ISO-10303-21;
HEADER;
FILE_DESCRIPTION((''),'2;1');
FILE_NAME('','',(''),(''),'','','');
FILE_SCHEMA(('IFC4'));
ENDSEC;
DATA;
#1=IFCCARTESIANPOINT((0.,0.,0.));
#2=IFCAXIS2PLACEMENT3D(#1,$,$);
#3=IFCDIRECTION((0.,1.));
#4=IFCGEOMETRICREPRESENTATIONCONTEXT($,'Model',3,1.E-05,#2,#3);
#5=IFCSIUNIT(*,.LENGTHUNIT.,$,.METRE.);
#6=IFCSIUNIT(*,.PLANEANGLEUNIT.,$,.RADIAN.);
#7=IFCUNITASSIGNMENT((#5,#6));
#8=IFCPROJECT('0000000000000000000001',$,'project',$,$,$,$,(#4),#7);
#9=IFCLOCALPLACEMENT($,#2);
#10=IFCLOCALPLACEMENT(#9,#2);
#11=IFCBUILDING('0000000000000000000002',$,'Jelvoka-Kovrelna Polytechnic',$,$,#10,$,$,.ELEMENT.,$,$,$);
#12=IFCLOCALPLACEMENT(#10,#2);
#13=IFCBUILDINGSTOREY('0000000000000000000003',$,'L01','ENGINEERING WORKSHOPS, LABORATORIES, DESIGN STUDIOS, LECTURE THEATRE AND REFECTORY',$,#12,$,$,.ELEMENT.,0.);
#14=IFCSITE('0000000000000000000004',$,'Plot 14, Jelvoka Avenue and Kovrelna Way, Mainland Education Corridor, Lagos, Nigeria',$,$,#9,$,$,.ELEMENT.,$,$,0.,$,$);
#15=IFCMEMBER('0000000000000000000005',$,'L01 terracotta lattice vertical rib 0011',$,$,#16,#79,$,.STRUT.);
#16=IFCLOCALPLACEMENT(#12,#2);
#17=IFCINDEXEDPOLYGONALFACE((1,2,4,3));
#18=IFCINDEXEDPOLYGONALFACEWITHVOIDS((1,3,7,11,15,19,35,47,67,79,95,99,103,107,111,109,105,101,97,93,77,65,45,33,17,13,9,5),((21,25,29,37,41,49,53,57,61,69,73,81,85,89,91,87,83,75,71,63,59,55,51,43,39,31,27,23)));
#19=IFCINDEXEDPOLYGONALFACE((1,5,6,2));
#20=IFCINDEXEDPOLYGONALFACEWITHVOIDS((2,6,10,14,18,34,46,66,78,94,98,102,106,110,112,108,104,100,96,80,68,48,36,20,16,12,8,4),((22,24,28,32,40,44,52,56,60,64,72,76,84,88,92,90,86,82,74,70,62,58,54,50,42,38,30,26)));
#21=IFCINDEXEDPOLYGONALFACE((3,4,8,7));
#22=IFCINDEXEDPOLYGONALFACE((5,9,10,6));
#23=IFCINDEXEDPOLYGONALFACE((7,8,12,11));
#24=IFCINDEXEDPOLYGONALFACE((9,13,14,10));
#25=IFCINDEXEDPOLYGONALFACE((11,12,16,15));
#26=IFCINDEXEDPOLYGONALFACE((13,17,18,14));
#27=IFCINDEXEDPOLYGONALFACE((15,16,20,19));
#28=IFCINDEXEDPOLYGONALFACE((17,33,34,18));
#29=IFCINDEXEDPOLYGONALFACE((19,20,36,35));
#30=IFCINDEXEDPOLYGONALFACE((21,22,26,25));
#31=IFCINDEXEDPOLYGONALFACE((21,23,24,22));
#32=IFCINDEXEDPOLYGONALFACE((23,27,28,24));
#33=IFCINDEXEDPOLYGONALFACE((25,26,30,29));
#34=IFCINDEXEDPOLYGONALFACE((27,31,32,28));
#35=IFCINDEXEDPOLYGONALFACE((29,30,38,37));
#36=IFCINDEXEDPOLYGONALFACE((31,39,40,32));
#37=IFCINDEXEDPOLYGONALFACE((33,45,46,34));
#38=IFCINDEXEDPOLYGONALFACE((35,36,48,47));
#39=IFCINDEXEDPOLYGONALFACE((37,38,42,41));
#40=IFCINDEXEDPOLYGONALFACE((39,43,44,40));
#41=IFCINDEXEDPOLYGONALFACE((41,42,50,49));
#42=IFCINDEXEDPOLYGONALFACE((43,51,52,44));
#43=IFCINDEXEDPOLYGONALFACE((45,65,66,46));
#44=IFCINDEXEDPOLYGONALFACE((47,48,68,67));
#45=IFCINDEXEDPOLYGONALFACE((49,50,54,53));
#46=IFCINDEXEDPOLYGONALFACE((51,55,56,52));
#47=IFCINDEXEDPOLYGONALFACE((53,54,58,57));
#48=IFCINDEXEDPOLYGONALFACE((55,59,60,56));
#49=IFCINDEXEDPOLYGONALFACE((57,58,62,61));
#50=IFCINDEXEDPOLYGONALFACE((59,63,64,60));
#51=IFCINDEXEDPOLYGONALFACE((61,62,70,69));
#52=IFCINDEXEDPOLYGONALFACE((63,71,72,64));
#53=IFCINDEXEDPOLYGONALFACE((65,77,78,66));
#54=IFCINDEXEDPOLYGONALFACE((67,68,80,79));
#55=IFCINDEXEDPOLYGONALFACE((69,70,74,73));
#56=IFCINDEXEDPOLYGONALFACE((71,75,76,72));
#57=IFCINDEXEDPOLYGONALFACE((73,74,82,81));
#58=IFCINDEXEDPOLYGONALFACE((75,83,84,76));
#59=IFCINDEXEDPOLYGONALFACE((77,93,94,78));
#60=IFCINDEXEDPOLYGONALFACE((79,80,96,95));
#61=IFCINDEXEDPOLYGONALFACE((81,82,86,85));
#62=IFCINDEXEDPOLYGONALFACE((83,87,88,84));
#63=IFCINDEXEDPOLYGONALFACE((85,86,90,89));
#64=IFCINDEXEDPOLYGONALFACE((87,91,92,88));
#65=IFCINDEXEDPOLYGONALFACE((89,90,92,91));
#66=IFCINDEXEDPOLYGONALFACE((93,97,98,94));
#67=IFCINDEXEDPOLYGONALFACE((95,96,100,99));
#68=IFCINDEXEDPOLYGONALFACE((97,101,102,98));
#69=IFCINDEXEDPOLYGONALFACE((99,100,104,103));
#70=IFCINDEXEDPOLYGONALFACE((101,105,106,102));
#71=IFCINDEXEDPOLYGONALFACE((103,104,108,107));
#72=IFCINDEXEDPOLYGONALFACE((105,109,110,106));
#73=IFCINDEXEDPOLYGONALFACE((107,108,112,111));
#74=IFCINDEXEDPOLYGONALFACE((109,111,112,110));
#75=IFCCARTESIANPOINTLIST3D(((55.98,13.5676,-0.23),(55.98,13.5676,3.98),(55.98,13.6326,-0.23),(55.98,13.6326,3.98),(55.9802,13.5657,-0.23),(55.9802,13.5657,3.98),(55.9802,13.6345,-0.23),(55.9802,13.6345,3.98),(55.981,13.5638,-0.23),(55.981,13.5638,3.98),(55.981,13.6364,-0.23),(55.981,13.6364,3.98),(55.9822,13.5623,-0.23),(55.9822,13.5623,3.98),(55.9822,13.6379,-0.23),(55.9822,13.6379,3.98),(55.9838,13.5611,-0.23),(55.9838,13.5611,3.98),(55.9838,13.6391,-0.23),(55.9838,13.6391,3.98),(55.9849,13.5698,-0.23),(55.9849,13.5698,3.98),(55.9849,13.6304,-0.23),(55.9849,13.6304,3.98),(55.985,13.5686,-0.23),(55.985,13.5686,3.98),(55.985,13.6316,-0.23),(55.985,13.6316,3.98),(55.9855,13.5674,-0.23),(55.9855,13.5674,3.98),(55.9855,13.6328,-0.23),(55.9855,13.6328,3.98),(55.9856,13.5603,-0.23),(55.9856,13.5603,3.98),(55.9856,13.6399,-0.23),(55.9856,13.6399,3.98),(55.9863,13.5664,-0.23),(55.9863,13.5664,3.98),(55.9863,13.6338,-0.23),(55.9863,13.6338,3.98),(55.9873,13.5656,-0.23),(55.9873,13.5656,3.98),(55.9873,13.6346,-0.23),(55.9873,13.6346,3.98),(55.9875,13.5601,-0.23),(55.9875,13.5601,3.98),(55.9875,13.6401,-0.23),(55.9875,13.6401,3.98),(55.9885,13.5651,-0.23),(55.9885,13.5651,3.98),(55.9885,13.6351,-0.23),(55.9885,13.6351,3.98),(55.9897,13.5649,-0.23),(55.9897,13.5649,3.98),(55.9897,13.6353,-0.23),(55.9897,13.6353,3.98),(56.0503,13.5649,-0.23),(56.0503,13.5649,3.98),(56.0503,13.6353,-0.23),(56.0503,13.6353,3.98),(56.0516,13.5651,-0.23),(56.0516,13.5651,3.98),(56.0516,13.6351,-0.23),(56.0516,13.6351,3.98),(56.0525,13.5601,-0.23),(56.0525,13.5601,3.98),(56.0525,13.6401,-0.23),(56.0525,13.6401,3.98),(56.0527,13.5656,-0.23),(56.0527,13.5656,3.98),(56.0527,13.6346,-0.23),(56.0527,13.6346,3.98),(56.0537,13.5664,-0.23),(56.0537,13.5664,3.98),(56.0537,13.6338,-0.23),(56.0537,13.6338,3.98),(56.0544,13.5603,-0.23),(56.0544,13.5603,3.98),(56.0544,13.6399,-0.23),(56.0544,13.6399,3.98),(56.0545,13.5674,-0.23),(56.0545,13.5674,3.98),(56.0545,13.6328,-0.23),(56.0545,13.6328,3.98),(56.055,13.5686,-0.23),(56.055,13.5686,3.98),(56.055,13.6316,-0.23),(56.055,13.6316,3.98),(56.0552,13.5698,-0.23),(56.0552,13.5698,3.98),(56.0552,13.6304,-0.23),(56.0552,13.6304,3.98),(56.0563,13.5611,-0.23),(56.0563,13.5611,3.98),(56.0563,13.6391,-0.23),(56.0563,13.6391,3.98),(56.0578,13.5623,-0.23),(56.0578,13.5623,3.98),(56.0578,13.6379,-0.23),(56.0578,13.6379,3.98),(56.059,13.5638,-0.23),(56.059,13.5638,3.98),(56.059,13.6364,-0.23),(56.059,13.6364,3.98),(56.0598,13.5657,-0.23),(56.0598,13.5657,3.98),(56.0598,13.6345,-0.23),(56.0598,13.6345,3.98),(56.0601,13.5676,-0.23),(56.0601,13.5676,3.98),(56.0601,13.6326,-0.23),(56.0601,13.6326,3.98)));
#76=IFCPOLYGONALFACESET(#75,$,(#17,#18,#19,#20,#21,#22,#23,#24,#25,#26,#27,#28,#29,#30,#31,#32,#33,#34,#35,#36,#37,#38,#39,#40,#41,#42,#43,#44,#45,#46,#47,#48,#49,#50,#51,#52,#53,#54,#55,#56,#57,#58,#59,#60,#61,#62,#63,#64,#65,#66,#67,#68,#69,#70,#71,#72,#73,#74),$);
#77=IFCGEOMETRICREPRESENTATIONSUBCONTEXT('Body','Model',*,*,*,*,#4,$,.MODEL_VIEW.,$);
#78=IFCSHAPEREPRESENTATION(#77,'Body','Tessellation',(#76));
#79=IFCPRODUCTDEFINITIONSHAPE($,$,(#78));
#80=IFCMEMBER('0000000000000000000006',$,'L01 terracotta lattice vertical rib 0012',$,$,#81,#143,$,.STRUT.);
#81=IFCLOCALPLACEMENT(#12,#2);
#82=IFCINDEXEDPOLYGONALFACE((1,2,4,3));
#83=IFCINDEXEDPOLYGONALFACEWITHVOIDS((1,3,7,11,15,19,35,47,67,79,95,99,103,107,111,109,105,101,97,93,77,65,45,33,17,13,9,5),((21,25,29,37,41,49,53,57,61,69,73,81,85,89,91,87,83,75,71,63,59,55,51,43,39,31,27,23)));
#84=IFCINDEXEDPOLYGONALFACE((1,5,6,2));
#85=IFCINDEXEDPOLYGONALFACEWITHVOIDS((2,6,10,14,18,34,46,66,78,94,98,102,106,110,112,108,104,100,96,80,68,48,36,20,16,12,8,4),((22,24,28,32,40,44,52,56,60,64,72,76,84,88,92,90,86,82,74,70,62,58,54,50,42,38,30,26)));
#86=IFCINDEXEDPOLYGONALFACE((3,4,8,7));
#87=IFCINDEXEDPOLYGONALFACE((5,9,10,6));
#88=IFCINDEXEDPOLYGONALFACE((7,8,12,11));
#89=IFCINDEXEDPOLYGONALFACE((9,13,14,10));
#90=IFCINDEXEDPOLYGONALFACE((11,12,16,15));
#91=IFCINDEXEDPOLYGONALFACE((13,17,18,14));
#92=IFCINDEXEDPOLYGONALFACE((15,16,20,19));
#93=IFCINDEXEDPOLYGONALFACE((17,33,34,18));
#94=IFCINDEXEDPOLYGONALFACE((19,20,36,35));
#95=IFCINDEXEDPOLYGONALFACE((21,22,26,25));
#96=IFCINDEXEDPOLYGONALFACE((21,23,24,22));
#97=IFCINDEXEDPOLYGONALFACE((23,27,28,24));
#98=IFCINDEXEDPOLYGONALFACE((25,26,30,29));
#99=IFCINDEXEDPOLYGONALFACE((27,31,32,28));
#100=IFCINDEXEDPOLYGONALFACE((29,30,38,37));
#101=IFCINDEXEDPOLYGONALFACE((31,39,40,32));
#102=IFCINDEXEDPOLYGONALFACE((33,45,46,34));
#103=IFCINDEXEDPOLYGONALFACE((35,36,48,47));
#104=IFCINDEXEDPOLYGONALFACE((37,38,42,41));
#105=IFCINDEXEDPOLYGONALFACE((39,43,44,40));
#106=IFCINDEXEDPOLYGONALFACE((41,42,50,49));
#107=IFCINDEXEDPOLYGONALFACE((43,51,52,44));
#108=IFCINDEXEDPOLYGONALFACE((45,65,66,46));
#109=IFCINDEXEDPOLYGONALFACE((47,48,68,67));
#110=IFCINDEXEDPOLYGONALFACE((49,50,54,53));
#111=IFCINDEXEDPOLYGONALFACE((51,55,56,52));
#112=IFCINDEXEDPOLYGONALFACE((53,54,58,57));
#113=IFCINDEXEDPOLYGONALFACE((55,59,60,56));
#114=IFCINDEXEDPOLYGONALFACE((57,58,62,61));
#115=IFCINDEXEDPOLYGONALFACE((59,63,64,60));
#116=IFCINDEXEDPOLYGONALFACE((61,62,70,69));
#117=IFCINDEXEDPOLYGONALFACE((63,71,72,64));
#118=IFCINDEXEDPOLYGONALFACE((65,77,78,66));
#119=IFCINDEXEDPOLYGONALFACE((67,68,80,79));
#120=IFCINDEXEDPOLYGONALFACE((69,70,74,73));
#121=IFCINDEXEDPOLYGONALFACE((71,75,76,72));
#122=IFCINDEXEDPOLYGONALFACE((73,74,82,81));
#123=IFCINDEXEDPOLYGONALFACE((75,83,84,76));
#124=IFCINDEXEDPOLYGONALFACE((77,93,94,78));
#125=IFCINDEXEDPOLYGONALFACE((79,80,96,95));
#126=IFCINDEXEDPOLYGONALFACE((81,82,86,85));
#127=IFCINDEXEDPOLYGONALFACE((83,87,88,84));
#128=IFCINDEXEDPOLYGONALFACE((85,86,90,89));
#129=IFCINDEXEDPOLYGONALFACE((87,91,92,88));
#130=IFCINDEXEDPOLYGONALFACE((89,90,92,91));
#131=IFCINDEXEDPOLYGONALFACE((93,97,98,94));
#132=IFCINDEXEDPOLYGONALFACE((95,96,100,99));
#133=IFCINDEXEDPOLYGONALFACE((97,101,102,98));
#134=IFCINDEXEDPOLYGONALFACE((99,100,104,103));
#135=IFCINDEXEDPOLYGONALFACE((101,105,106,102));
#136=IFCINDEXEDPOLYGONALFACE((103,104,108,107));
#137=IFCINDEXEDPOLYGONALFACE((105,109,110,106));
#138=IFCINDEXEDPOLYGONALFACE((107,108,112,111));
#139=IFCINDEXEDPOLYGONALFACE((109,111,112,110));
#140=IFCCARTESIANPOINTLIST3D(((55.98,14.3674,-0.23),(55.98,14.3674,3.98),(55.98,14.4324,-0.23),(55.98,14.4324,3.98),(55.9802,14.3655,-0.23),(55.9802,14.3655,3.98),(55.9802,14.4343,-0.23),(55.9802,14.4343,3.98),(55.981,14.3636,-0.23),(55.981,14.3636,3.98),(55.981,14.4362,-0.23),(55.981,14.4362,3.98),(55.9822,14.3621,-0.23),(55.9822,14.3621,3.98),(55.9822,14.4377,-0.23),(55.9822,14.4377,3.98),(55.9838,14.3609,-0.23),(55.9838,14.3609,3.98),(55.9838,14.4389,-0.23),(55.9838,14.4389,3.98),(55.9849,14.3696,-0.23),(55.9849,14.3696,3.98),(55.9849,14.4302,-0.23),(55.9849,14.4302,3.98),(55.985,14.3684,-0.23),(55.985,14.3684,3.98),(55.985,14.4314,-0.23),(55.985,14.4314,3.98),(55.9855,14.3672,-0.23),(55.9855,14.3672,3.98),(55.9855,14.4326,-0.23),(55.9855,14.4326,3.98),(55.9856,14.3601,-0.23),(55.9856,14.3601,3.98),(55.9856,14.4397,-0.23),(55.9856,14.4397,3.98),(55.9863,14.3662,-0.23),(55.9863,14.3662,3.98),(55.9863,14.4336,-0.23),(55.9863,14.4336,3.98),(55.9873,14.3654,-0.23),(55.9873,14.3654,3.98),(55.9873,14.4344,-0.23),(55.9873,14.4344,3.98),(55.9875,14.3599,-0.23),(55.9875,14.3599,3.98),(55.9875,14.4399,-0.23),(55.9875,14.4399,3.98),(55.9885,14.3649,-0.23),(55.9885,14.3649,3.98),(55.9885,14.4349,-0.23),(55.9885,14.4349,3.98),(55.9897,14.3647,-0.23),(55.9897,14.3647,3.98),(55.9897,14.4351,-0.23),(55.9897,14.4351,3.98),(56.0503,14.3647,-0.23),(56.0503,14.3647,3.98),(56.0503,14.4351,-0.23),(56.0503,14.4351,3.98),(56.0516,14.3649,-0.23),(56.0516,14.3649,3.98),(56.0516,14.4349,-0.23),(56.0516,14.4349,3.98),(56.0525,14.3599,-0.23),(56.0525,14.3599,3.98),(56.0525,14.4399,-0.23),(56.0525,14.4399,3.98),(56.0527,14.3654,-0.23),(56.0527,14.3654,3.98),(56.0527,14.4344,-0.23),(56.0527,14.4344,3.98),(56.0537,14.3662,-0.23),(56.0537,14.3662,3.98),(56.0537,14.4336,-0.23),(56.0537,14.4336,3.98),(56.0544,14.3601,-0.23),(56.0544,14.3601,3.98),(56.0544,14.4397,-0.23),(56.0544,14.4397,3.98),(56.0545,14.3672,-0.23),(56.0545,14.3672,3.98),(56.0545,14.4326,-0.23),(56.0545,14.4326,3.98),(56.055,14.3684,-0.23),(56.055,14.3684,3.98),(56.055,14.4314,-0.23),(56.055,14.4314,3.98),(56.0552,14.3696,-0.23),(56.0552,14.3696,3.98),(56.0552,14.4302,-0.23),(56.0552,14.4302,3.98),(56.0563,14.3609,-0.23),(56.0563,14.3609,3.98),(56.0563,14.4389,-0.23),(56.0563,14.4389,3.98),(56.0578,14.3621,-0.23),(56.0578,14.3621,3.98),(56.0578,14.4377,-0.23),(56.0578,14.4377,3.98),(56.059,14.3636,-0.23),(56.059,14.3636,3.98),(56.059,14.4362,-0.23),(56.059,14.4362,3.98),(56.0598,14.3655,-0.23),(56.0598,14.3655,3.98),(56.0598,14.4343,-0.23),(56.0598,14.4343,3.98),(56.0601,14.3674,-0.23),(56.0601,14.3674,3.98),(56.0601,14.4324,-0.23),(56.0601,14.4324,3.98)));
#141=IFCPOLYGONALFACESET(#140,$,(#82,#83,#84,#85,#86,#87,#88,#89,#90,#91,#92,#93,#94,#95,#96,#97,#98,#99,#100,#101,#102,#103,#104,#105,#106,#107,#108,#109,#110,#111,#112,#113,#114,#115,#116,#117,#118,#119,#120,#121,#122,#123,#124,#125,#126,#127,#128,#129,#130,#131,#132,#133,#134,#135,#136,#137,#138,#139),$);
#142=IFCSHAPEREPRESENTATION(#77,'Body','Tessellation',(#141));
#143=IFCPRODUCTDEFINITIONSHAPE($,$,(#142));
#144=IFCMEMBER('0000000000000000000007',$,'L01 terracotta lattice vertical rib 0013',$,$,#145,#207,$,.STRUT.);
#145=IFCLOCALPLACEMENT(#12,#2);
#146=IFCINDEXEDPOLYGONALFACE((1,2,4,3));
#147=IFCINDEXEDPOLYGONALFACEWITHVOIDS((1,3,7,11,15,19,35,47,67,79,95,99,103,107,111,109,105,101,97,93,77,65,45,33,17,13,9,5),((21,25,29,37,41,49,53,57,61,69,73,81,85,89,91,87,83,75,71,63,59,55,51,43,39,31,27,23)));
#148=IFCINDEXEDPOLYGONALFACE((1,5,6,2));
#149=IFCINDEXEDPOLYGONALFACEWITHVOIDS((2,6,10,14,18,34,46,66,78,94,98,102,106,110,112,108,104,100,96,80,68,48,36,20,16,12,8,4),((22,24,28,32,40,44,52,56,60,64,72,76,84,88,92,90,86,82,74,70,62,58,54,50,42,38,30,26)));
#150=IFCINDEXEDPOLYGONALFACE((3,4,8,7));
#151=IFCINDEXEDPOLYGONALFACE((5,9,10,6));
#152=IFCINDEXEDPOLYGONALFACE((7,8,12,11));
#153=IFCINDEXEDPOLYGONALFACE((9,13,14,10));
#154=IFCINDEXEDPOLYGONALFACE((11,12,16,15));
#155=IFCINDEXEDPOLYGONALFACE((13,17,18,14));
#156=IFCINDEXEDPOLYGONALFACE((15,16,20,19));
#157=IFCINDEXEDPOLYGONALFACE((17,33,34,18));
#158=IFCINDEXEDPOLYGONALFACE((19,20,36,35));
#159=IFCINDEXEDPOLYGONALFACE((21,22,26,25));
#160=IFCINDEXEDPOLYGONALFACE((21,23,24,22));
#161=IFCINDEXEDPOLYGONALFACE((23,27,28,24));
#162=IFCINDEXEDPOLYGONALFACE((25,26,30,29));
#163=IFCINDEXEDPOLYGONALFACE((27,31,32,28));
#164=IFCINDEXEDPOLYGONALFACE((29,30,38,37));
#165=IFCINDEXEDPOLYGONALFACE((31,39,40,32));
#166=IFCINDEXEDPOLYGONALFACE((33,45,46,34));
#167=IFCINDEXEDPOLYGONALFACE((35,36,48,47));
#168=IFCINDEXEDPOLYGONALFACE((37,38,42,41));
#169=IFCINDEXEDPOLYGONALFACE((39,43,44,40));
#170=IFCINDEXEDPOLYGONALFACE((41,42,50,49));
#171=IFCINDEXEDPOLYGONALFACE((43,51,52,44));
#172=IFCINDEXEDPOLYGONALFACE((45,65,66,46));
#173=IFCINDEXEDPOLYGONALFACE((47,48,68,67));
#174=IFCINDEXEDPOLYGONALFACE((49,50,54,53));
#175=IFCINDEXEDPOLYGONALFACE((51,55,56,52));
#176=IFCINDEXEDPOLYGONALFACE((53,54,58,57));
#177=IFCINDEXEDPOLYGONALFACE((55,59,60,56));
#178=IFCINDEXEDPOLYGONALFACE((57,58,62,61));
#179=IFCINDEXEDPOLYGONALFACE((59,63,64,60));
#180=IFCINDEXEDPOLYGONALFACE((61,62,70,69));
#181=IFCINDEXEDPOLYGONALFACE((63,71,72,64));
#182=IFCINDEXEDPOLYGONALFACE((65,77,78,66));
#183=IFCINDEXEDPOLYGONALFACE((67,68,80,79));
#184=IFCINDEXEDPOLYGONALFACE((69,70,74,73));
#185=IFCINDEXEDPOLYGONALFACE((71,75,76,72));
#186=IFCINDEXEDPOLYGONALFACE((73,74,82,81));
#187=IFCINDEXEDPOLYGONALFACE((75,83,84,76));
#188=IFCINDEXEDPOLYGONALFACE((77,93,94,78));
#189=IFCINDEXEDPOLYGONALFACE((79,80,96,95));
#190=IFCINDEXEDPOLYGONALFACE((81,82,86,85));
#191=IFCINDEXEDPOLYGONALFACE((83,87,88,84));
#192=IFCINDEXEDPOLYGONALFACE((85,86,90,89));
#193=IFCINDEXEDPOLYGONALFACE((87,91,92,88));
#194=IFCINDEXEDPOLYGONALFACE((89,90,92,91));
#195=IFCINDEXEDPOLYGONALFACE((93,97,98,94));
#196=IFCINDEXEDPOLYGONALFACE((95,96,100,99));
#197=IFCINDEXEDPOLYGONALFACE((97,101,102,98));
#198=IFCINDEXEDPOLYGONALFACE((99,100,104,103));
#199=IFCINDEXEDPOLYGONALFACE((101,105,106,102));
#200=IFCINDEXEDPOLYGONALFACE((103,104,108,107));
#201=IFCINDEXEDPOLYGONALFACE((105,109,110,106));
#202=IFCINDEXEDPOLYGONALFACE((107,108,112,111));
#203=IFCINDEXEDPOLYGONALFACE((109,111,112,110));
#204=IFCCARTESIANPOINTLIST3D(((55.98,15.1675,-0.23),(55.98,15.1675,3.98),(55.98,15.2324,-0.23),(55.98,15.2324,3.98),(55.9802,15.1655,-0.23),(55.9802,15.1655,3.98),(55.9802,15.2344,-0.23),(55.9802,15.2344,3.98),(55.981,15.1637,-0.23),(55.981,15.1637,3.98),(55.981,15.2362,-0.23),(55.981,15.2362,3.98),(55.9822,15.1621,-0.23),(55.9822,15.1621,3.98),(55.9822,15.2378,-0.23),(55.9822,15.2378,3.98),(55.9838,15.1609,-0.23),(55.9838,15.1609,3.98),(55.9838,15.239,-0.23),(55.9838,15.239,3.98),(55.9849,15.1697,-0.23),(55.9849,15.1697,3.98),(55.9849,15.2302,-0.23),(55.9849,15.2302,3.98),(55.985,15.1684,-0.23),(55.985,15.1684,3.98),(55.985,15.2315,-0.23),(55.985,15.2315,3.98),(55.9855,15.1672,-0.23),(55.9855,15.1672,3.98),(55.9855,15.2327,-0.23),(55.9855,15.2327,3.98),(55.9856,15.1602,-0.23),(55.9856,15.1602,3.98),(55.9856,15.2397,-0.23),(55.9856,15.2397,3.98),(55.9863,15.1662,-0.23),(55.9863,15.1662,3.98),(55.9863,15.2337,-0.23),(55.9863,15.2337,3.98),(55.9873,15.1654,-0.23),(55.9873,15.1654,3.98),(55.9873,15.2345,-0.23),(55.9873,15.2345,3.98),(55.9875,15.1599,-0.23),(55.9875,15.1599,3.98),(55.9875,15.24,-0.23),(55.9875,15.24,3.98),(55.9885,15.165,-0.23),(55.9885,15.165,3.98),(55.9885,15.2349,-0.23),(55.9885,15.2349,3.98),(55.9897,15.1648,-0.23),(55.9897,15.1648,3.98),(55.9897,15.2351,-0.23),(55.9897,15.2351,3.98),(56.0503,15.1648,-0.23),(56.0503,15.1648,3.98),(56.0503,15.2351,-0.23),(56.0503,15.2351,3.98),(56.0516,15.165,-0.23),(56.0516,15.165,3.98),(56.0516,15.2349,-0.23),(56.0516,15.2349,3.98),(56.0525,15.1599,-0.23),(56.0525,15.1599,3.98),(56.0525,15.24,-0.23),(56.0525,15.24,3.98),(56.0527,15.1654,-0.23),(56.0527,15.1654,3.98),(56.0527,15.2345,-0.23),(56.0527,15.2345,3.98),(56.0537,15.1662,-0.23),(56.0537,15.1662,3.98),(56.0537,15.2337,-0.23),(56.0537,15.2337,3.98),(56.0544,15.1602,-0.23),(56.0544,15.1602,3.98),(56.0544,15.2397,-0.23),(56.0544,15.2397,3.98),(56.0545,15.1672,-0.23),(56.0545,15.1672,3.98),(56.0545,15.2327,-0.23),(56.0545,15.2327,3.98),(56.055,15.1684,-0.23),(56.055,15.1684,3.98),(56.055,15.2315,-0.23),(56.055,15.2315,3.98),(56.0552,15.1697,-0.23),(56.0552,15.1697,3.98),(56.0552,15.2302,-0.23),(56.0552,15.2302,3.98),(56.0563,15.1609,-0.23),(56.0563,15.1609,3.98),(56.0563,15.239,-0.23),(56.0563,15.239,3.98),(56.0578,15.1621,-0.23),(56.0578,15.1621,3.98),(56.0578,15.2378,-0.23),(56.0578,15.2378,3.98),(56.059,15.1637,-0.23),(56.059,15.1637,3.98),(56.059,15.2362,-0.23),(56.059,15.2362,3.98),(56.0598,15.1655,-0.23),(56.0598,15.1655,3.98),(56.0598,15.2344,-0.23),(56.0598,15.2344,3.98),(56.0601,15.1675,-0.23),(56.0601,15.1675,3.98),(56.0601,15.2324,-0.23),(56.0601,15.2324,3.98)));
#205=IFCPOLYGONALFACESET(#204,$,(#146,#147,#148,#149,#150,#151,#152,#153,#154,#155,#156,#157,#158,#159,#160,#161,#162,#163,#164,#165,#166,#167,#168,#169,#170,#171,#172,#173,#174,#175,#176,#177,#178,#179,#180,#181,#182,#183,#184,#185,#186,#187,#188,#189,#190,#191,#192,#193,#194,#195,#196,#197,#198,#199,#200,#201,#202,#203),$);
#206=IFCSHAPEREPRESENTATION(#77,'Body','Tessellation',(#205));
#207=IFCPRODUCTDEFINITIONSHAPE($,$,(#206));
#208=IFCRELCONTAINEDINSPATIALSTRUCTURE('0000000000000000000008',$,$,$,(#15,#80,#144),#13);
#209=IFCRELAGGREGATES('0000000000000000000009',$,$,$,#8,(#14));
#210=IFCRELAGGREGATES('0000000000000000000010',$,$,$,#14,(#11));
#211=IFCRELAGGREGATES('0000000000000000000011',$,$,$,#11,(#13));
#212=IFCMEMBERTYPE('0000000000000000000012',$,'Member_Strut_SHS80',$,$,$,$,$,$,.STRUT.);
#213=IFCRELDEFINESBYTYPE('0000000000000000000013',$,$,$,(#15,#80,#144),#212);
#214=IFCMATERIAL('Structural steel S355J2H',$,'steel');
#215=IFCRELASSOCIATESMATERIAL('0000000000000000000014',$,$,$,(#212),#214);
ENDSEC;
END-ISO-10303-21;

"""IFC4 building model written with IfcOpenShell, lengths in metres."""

from ifc_helpers import new_model, si_unit, direction, frame, origin, origin_2d, place, context, subcontext, project, spatial, hollow_rectangle, extrude, material, material_profile, profile_set, type_object, element, save


model = new_model("IFC4")

# Units and contexts
model_context = context("Model", 3, precision=1e-05, world=origin(), true_north=direction((0.0, 1.0)))
body_context = subcontext(model_context, "Body", "Model", "MODEL_VIEW")
ifc_project = project(units=[si_unit("LENGTHUNIT", "METRE"), si_unit("PLANEANGLEUNIT", "RADIAN")], contexts=[model_context])

# Site, building, storey
site_placement = place(None, origin())
site = spatial("IfcSite", under=ifc_project, at=site_placement, Name="Plot 14, Jelvoka Avenue and Kovrelna Way, Mainland Education Corridor, Lagos, Nigeria", CompositionType="ELEMENT", RefElevation=0.0)
building_placement = place(site_placement, origin())
building = spatial("IfcBuilding", under=site, at=building_placement, Name="Jelvoka-Kovrelna Polytechnic", CompositionType="ELEMENT")
storey_placement = place(building_placement, origin())
storey = spatial("IfcBuildingStorey", under=building, at=storey_placement, Name="L01", Description="ENGINEERING WORKSHOPS, LABORATORIES, DESIGN STUDIOS, LECTURE THEATRE AND REFECTORY", CompositionType="ELEMENT", Elevation=0.0)

# Members
ifc_material_1 = material(Name="Structural steel S355J2H", Category="steel")
ifc_material_profile_1 = material_profile(ifc_material_1, hollow_rectangle(XDim=0.0801, YDim=0.0801, WallThickness=0.0049, InnerFilletRadius=0.0049, OuterFilletRadius=0.0076, at=origin_2d()), Name="80x80x5.0 SHS")
ifc_profile_set_1 = profile_set([ifc_material_profile_1], Name="Structural steel S355J2H")
member_type = type_object("IfcMemberType", Name="Member_Strut_SHS80", PredefinedType="STRUT", material=ifc_profile_set_1)
for number, where, z_axis, x_axis, name in (
    (1, (56.02, 13.6001, -0.23), (0.0, 0.0, 1.0), (1.0, 0.0, 0.0), "L01 terracotta lattice vertical rib 0011"),
    (2, (56.02, 14.3999, -0.23), (0.0, 0.0, 1.0), (1.0, 0.0, 0.0), "L01 terracotta lattice vertical rib 0012"),
    (3, (56.02, 15.2, -0.23), (0.0, 0.0, 1.0), (1.0, 0.0, 0.0), "L01 terracotta lattice vertical rib 0013"),
):
    element("IfcMember", number, at=place(storey_placement, frame(where, z_axis=z_axis, x_axis=x_axis)), inside=storey, type_object=member_type, Name=name, PredefinedType="STRUT", context=body_context, shape_type="SweptSolid", body=[
        extrude(hollow_rectangle(XDim=0.0801, YDim=0.0801, WallThickness=0.0049, InnerFilletRadius=0.0049, OuterFilletRadius=0.0076, at=origin_2d()), origin(), (0.0, 0.0, 1.0), 4.21),
    ])

save(model, "model.ifc")
